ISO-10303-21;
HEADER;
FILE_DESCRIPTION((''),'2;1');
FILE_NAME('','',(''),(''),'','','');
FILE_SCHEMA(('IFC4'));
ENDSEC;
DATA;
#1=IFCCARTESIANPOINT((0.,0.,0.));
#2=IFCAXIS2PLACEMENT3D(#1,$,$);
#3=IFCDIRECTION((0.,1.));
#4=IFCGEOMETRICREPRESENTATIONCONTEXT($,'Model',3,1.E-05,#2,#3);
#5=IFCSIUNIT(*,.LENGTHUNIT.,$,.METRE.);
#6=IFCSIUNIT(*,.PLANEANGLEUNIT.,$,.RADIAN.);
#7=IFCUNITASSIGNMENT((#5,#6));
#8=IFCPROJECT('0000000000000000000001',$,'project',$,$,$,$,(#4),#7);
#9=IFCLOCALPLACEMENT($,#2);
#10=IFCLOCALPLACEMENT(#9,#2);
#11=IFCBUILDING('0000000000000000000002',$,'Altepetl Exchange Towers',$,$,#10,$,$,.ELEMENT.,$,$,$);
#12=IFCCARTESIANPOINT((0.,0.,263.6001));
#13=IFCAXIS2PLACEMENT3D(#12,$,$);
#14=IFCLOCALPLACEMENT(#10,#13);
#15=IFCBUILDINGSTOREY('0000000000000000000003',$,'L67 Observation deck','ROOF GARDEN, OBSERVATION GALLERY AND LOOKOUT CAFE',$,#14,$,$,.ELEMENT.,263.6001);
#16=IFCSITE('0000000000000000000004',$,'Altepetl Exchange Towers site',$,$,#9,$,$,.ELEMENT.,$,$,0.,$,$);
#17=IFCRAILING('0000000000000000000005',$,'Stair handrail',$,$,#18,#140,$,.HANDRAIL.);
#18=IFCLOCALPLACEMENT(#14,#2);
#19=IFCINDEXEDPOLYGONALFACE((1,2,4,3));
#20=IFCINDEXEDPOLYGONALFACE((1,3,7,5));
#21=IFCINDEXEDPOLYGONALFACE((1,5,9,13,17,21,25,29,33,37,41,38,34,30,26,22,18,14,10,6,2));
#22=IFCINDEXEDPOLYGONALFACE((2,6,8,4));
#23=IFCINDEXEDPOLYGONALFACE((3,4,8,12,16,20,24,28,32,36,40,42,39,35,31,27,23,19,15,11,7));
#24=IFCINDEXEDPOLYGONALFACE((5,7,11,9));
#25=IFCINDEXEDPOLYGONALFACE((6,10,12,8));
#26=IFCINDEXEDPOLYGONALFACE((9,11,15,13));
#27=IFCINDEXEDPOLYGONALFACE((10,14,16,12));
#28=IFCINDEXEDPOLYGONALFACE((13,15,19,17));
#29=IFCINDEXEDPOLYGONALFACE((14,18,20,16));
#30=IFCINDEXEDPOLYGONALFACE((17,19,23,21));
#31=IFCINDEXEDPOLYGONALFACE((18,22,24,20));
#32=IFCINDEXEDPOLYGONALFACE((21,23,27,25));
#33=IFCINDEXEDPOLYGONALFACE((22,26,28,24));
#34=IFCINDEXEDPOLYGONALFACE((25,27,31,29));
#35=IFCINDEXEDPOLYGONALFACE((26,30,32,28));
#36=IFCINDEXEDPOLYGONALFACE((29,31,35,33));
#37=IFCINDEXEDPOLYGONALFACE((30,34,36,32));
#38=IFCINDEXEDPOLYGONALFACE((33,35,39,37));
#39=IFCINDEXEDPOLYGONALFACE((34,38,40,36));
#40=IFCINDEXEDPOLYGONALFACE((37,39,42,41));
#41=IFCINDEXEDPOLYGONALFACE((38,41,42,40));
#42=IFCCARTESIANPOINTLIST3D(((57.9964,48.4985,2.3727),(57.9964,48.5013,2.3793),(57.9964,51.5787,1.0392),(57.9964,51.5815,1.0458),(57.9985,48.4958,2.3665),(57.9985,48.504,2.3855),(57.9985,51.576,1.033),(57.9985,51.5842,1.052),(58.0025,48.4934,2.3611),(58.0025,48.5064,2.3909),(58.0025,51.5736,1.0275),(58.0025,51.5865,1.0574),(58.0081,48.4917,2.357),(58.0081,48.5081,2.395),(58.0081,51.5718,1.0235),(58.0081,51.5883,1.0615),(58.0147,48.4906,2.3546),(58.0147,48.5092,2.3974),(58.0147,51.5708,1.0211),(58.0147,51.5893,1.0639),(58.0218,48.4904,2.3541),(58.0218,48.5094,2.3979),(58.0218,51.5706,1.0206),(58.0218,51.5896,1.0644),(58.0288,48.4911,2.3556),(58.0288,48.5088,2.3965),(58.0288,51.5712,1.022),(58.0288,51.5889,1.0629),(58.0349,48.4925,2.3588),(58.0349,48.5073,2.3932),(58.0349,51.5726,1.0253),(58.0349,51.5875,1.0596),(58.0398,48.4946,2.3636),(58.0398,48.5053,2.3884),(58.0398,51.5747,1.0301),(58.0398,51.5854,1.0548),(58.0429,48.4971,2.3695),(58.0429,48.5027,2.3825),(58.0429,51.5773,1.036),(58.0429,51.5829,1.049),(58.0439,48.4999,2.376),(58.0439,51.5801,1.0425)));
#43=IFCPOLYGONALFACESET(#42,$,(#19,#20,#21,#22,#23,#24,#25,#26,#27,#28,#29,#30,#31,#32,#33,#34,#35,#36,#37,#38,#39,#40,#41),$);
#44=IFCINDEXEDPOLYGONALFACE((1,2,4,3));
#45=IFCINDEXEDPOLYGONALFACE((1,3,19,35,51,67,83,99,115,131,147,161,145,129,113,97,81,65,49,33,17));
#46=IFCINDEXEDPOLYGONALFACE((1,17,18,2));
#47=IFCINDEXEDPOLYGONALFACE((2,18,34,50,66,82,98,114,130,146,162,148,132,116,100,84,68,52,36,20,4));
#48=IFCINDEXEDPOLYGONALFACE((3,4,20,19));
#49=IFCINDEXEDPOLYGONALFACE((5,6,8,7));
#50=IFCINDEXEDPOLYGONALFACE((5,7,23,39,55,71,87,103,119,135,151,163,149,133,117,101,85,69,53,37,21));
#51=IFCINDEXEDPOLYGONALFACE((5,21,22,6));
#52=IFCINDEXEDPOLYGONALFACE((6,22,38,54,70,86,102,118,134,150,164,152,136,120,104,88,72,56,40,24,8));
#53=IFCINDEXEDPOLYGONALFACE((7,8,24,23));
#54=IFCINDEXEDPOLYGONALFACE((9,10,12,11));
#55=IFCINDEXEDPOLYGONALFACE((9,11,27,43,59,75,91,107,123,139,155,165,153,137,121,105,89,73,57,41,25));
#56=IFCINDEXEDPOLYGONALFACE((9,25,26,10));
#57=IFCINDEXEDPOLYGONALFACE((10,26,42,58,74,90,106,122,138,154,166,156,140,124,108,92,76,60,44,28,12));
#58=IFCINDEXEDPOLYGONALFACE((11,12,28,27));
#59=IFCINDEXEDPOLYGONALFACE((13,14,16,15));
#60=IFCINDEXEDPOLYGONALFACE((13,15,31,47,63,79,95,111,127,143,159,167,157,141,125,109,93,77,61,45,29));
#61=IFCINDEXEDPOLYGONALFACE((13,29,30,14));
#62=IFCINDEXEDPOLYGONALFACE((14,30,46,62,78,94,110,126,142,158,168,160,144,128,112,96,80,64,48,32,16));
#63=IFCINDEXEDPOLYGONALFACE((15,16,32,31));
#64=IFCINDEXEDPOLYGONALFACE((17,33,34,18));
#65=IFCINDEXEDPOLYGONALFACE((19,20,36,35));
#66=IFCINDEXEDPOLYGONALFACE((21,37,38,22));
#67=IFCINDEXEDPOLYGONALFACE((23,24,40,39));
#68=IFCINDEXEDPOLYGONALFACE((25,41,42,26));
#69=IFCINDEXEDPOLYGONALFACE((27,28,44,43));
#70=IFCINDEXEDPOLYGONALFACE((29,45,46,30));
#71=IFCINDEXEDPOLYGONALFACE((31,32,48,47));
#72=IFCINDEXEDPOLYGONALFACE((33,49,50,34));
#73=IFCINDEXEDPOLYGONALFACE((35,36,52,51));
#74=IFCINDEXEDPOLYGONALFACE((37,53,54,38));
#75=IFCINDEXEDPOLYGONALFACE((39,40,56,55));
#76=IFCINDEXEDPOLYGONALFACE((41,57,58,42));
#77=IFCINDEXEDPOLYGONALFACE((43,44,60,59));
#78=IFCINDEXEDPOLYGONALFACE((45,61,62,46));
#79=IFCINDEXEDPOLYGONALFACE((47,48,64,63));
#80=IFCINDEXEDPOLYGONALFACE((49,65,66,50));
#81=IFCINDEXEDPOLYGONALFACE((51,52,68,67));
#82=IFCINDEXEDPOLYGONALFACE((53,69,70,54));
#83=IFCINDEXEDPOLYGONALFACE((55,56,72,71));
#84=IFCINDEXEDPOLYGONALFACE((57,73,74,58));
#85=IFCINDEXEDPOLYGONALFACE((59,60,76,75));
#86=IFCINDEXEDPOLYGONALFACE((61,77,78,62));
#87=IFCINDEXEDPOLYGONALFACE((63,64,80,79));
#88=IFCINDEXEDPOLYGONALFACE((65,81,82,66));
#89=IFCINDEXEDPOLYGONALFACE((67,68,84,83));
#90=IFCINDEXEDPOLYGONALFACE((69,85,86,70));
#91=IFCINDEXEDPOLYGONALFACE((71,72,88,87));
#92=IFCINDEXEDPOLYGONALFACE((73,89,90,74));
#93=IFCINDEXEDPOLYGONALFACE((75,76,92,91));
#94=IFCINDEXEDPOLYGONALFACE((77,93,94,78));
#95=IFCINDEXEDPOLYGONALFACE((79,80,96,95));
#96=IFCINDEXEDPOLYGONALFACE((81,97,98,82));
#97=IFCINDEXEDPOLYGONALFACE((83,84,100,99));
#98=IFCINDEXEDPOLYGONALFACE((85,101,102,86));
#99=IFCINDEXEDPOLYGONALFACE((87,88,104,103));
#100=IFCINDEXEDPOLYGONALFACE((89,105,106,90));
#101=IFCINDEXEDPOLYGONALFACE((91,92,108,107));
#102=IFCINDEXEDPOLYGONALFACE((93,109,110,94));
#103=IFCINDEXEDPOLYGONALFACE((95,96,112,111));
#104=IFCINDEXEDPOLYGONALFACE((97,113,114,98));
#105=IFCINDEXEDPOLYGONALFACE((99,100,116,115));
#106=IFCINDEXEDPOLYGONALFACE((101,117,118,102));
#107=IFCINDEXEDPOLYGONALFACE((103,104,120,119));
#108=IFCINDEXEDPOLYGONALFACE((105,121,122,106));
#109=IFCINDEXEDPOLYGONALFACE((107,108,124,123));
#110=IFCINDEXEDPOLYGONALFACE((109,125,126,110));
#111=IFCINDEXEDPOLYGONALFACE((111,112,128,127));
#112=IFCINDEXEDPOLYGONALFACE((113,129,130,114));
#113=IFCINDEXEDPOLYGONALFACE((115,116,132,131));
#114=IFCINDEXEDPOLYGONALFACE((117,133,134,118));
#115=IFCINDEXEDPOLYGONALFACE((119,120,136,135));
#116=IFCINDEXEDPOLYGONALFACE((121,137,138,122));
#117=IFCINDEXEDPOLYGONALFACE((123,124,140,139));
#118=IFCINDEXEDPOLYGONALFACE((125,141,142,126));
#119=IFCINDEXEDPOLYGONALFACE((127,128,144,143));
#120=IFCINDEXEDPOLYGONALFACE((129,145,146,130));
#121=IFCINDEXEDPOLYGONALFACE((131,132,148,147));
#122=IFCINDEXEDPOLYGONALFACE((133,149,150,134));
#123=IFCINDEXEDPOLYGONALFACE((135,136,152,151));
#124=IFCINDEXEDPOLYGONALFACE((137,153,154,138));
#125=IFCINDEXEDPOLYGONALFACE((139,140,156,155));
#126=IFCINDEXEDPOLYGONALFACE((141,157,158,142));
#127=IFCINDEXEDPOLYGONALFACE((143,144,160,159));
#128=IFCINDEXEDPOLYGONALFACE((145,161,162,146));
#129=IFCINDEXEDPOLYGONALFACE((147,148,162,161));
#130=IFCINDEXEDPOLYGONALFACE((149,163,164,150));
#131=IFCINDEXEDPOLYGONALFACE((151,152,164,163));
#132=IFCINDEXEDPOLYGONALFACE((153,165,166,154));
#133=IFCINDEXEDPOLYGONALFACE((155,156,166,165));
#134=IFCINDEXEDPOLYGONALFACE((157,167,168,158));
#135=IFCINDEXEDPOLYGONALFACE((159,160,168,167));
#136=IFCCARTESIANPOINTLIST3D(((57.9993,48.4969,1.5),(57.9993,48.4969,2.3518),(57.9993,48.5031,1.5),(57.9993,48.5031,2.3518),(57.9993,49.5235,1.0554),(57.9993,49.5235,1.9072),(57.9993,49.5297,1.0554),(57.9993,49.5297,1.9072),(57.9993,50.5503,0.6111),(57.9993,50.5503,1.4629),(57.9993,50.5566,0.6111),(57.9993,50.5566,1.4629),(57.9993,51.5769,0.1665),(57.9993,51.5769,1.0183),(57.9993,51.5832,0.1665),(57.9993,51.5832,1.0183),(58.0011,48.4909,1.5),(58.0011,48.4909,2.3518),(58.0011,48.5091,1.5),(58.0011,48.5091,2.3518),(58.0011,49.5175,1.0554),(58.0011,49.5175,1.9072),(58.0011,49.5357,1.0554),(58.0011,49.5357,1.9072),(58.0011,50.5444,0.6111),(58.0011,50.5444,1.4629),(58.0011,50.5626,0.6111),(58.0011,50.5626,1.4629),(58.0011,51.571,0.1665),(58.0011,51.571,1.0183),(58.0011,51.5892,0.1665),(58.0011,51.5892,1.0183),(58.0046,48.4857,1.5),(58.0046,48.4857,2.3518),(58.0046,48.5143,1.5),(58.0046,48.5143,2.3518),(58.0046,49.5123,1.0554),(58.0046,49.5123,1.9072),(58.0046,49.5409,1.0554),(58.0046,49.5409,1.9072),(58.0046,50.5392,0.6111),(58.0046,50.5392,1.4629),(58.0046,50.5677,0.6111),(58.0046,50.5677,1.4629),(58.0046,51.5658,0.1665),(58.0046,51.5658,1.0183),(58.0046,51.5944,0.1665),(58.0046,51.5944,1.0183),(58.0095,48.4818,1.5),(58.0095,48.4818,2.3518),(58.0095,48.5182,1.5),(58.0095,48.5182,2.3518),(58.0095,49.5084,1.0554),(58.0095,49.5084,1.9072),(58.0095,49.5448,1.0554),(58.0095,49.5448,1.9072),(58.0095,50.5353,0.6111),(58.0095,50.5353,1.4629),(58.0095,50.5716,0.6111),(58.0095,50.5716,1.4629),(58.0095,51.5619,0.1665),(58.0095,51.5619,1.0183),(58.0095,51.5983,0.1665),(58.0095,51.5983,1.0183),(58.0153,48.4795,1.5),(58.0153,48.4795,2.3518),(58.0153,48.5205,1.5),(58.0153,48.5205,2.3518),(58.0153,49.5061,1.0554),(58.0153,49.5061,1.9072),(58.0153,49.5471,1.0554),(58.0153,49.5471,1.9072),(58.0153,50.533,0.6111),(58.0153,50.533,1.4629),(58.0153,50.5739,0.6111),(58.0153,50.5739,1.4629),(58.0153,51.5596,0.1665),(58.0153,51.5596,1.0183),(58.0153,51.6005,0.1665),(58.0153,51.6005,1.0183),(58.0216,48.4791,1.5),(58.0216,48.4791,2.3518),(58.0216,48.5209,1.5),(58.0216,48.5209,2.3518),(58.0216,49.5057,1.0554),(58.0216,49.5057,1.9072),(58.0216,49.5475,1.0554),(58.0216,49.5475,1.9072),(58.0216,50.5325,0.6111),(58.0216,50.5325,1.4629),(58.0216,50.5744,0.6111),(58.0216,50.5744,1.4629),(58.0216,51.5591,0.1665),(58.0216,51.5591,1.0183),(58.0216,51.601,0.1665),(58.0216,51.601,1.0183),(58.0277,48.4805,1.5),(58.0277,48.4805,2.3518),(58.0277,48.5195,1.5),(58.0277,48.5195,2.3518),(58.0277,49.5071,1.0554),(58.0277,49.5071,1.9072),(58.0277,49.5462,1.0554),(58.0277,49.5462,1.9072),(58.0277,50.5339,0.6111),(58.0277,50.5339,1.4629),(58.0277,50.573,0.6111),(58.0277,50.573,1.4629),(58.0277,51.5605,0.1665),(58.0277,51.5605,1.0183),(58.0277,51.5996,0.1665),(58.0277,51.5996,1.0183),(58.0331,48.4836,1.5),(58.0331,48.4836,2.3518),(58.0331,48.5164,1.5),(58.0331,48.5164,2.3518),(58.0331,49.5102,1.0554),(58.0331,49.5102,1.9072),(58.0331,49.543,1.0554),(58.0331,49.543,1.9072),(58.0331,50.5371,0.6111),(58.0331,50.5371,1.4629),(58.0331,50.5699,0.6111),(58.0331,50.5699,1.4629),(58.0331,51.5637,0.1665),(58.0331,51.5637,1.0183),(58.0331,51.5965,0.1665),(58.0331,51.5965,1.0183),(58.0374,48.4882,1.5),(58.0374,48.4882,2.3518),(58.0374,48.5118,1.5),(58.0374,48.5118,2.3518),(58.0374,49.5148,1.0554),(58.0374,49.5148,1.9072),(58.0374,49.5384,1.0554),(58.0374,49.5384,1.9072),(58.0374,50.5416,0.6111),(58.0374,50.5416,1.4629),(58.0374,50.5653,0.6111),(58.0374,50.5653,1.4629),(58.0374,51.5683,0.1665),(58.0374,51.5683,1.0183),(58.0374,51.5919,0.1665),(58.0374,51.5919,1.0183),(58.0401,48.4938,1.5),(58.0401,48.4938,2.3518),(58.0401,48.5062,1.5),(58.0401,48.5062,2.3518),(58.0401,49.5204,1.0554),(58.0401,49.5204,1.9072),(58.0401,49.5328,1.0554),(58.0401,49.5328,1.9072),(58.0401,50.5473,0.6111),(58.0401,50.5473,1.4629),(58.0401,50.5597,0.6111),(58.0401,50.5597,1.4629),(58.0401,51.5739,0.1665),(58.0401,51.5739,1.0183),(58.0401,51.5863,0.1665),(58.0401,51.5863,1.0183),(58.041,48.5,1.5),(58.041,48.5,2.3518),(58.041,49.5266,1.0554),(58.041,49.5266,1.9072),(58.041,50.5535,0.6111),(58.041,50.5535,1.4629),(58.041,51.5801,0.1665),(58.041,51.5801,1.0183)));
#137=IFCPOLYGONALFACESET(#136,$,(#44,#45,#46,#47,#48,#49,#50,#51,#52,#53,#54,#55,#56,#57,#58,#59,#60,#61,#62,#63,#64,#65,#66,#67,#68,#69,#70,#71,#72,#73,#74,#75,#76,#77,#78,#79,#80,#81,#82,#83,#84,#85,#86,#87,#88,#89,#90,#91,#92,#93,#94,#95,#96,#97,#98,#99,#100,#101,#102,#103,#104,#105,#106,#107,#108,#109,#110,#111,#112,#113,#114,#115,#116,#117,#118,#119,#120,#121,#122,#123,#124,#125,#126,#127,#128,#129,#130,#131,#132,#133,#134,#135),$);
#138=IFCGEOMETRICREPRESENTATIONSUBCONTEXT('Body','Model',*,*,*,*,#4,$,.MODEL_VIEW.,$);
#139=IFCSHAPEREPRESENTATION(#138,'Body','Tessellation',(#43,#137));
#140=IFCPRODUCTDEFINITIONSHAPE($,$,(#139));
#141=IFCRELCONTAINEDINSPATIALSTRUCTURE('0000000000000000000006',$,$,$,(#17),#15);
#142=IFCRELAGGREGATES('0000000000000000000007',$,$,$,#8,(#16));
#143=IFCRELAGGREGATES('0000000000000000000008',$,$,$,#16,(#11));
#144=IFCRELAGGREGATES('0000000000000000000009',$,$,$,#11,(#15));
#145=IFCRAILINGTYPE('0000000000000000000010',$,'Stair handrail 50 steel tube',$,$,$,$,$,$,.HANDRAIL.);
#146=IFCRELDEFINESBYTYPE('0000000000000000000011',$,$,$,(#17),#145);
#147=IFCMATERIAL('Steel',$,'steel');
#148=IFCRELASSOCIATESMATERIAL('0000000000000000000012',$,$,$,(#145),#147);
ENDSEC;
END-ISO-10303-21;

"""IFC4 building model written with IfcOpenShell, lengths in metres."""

from ifc_helpers import new_model, si_unit, direction, frame, origin, origin_2d, place, context, subcontext, project, spatial, circle, extrude, source, transform, mapped, material, type_object, element, save


model = new_model("IFC4")

# Units and contexts
model_context = context("Model", 3, precision=1e-05, world=origin(), true_north=direction((0.0, 1.0)))
body_context = subcontext(model_context, "Body", "Model", "MODEL_VIEW")
ifc_project = project(units=[si_unit("LENGTHUNIT", "METRE"), si_unit("PLANEANGLEUNIT", "RADIAN")], contexts=[model_context])

# Site, building, storey
site_placement = place(None, origin())
site = spatial("IfcSite", under=ifc_project, at=site_placement, Name="Altepetl Exchange Towers site", CompositionType="ELEMENT", RefElevation=0.0)
building_placement = place(site_placement, origin())
building = spatial("IfcBuilding", under=site, at=building_placement, Name="Altepetl Exchange Towers", CompositionType="ELEMENT")
storey_placement = place(building_placement, frame((0.0, 0.0, 263.6001)))
storey = spatial("IfcBuildingStorey", under=building, at=storey_placement, Name="L67 Observation deck", Description="ROOF GARDEN, OBSERVATION GALLERY AND LOOKOUT CAFE", CompositionType="ELEMENT", Elevation=263.6001)

# Railing
ifc_material_1 = material(Name="Steel", Category="steel")
railing_type = type_object("IfcRailingType", Name="Stair handrail 50 steel tube", PredefinedType="HANDRAIL", material=ifc_material_1)
shared_shape = source(origin(), body_context, "Body", "SweptSolid", [
    extrude(circle(Radius=0.021, at=origin_2d()), origin(), (0.0, 0.0, 1.0), 0.8518),
])
for number, where, name in (
    (1, (58.02, 51.5801, 0.1665), "Stair handrail"),
):
    element("IfcRailing", number, at=place(storey_placement, frame(where)), inside=storey, type_object=railing_type, Name=name, PredefinedType="HANDRAIL", context=body_context, shape_type="SweptSolid", body=[
        extrude(circle(Radius=0.0239, at=origin_2d()), frame((0.0, 0.0, 0.876), z_axis=(0.0, -0.917686, 0.397305), x_axis=(1.0, 0.0, 0.0)), (0.0, 0.0, 1.0), 3.3564),
        mapped(shared_shape, transform((0.0, 0.0, 0.0))),
        mapped(shared_shape, transform((0.0, -1.0266, 0.4446))),
        mapped(shared_shape, transform((0.0, -2.0535, 0.8889))),
        mapped(shared_shape, transform((0.0, -3.0801, 1.3335))),
    ])

save(model, "model.ifc")
